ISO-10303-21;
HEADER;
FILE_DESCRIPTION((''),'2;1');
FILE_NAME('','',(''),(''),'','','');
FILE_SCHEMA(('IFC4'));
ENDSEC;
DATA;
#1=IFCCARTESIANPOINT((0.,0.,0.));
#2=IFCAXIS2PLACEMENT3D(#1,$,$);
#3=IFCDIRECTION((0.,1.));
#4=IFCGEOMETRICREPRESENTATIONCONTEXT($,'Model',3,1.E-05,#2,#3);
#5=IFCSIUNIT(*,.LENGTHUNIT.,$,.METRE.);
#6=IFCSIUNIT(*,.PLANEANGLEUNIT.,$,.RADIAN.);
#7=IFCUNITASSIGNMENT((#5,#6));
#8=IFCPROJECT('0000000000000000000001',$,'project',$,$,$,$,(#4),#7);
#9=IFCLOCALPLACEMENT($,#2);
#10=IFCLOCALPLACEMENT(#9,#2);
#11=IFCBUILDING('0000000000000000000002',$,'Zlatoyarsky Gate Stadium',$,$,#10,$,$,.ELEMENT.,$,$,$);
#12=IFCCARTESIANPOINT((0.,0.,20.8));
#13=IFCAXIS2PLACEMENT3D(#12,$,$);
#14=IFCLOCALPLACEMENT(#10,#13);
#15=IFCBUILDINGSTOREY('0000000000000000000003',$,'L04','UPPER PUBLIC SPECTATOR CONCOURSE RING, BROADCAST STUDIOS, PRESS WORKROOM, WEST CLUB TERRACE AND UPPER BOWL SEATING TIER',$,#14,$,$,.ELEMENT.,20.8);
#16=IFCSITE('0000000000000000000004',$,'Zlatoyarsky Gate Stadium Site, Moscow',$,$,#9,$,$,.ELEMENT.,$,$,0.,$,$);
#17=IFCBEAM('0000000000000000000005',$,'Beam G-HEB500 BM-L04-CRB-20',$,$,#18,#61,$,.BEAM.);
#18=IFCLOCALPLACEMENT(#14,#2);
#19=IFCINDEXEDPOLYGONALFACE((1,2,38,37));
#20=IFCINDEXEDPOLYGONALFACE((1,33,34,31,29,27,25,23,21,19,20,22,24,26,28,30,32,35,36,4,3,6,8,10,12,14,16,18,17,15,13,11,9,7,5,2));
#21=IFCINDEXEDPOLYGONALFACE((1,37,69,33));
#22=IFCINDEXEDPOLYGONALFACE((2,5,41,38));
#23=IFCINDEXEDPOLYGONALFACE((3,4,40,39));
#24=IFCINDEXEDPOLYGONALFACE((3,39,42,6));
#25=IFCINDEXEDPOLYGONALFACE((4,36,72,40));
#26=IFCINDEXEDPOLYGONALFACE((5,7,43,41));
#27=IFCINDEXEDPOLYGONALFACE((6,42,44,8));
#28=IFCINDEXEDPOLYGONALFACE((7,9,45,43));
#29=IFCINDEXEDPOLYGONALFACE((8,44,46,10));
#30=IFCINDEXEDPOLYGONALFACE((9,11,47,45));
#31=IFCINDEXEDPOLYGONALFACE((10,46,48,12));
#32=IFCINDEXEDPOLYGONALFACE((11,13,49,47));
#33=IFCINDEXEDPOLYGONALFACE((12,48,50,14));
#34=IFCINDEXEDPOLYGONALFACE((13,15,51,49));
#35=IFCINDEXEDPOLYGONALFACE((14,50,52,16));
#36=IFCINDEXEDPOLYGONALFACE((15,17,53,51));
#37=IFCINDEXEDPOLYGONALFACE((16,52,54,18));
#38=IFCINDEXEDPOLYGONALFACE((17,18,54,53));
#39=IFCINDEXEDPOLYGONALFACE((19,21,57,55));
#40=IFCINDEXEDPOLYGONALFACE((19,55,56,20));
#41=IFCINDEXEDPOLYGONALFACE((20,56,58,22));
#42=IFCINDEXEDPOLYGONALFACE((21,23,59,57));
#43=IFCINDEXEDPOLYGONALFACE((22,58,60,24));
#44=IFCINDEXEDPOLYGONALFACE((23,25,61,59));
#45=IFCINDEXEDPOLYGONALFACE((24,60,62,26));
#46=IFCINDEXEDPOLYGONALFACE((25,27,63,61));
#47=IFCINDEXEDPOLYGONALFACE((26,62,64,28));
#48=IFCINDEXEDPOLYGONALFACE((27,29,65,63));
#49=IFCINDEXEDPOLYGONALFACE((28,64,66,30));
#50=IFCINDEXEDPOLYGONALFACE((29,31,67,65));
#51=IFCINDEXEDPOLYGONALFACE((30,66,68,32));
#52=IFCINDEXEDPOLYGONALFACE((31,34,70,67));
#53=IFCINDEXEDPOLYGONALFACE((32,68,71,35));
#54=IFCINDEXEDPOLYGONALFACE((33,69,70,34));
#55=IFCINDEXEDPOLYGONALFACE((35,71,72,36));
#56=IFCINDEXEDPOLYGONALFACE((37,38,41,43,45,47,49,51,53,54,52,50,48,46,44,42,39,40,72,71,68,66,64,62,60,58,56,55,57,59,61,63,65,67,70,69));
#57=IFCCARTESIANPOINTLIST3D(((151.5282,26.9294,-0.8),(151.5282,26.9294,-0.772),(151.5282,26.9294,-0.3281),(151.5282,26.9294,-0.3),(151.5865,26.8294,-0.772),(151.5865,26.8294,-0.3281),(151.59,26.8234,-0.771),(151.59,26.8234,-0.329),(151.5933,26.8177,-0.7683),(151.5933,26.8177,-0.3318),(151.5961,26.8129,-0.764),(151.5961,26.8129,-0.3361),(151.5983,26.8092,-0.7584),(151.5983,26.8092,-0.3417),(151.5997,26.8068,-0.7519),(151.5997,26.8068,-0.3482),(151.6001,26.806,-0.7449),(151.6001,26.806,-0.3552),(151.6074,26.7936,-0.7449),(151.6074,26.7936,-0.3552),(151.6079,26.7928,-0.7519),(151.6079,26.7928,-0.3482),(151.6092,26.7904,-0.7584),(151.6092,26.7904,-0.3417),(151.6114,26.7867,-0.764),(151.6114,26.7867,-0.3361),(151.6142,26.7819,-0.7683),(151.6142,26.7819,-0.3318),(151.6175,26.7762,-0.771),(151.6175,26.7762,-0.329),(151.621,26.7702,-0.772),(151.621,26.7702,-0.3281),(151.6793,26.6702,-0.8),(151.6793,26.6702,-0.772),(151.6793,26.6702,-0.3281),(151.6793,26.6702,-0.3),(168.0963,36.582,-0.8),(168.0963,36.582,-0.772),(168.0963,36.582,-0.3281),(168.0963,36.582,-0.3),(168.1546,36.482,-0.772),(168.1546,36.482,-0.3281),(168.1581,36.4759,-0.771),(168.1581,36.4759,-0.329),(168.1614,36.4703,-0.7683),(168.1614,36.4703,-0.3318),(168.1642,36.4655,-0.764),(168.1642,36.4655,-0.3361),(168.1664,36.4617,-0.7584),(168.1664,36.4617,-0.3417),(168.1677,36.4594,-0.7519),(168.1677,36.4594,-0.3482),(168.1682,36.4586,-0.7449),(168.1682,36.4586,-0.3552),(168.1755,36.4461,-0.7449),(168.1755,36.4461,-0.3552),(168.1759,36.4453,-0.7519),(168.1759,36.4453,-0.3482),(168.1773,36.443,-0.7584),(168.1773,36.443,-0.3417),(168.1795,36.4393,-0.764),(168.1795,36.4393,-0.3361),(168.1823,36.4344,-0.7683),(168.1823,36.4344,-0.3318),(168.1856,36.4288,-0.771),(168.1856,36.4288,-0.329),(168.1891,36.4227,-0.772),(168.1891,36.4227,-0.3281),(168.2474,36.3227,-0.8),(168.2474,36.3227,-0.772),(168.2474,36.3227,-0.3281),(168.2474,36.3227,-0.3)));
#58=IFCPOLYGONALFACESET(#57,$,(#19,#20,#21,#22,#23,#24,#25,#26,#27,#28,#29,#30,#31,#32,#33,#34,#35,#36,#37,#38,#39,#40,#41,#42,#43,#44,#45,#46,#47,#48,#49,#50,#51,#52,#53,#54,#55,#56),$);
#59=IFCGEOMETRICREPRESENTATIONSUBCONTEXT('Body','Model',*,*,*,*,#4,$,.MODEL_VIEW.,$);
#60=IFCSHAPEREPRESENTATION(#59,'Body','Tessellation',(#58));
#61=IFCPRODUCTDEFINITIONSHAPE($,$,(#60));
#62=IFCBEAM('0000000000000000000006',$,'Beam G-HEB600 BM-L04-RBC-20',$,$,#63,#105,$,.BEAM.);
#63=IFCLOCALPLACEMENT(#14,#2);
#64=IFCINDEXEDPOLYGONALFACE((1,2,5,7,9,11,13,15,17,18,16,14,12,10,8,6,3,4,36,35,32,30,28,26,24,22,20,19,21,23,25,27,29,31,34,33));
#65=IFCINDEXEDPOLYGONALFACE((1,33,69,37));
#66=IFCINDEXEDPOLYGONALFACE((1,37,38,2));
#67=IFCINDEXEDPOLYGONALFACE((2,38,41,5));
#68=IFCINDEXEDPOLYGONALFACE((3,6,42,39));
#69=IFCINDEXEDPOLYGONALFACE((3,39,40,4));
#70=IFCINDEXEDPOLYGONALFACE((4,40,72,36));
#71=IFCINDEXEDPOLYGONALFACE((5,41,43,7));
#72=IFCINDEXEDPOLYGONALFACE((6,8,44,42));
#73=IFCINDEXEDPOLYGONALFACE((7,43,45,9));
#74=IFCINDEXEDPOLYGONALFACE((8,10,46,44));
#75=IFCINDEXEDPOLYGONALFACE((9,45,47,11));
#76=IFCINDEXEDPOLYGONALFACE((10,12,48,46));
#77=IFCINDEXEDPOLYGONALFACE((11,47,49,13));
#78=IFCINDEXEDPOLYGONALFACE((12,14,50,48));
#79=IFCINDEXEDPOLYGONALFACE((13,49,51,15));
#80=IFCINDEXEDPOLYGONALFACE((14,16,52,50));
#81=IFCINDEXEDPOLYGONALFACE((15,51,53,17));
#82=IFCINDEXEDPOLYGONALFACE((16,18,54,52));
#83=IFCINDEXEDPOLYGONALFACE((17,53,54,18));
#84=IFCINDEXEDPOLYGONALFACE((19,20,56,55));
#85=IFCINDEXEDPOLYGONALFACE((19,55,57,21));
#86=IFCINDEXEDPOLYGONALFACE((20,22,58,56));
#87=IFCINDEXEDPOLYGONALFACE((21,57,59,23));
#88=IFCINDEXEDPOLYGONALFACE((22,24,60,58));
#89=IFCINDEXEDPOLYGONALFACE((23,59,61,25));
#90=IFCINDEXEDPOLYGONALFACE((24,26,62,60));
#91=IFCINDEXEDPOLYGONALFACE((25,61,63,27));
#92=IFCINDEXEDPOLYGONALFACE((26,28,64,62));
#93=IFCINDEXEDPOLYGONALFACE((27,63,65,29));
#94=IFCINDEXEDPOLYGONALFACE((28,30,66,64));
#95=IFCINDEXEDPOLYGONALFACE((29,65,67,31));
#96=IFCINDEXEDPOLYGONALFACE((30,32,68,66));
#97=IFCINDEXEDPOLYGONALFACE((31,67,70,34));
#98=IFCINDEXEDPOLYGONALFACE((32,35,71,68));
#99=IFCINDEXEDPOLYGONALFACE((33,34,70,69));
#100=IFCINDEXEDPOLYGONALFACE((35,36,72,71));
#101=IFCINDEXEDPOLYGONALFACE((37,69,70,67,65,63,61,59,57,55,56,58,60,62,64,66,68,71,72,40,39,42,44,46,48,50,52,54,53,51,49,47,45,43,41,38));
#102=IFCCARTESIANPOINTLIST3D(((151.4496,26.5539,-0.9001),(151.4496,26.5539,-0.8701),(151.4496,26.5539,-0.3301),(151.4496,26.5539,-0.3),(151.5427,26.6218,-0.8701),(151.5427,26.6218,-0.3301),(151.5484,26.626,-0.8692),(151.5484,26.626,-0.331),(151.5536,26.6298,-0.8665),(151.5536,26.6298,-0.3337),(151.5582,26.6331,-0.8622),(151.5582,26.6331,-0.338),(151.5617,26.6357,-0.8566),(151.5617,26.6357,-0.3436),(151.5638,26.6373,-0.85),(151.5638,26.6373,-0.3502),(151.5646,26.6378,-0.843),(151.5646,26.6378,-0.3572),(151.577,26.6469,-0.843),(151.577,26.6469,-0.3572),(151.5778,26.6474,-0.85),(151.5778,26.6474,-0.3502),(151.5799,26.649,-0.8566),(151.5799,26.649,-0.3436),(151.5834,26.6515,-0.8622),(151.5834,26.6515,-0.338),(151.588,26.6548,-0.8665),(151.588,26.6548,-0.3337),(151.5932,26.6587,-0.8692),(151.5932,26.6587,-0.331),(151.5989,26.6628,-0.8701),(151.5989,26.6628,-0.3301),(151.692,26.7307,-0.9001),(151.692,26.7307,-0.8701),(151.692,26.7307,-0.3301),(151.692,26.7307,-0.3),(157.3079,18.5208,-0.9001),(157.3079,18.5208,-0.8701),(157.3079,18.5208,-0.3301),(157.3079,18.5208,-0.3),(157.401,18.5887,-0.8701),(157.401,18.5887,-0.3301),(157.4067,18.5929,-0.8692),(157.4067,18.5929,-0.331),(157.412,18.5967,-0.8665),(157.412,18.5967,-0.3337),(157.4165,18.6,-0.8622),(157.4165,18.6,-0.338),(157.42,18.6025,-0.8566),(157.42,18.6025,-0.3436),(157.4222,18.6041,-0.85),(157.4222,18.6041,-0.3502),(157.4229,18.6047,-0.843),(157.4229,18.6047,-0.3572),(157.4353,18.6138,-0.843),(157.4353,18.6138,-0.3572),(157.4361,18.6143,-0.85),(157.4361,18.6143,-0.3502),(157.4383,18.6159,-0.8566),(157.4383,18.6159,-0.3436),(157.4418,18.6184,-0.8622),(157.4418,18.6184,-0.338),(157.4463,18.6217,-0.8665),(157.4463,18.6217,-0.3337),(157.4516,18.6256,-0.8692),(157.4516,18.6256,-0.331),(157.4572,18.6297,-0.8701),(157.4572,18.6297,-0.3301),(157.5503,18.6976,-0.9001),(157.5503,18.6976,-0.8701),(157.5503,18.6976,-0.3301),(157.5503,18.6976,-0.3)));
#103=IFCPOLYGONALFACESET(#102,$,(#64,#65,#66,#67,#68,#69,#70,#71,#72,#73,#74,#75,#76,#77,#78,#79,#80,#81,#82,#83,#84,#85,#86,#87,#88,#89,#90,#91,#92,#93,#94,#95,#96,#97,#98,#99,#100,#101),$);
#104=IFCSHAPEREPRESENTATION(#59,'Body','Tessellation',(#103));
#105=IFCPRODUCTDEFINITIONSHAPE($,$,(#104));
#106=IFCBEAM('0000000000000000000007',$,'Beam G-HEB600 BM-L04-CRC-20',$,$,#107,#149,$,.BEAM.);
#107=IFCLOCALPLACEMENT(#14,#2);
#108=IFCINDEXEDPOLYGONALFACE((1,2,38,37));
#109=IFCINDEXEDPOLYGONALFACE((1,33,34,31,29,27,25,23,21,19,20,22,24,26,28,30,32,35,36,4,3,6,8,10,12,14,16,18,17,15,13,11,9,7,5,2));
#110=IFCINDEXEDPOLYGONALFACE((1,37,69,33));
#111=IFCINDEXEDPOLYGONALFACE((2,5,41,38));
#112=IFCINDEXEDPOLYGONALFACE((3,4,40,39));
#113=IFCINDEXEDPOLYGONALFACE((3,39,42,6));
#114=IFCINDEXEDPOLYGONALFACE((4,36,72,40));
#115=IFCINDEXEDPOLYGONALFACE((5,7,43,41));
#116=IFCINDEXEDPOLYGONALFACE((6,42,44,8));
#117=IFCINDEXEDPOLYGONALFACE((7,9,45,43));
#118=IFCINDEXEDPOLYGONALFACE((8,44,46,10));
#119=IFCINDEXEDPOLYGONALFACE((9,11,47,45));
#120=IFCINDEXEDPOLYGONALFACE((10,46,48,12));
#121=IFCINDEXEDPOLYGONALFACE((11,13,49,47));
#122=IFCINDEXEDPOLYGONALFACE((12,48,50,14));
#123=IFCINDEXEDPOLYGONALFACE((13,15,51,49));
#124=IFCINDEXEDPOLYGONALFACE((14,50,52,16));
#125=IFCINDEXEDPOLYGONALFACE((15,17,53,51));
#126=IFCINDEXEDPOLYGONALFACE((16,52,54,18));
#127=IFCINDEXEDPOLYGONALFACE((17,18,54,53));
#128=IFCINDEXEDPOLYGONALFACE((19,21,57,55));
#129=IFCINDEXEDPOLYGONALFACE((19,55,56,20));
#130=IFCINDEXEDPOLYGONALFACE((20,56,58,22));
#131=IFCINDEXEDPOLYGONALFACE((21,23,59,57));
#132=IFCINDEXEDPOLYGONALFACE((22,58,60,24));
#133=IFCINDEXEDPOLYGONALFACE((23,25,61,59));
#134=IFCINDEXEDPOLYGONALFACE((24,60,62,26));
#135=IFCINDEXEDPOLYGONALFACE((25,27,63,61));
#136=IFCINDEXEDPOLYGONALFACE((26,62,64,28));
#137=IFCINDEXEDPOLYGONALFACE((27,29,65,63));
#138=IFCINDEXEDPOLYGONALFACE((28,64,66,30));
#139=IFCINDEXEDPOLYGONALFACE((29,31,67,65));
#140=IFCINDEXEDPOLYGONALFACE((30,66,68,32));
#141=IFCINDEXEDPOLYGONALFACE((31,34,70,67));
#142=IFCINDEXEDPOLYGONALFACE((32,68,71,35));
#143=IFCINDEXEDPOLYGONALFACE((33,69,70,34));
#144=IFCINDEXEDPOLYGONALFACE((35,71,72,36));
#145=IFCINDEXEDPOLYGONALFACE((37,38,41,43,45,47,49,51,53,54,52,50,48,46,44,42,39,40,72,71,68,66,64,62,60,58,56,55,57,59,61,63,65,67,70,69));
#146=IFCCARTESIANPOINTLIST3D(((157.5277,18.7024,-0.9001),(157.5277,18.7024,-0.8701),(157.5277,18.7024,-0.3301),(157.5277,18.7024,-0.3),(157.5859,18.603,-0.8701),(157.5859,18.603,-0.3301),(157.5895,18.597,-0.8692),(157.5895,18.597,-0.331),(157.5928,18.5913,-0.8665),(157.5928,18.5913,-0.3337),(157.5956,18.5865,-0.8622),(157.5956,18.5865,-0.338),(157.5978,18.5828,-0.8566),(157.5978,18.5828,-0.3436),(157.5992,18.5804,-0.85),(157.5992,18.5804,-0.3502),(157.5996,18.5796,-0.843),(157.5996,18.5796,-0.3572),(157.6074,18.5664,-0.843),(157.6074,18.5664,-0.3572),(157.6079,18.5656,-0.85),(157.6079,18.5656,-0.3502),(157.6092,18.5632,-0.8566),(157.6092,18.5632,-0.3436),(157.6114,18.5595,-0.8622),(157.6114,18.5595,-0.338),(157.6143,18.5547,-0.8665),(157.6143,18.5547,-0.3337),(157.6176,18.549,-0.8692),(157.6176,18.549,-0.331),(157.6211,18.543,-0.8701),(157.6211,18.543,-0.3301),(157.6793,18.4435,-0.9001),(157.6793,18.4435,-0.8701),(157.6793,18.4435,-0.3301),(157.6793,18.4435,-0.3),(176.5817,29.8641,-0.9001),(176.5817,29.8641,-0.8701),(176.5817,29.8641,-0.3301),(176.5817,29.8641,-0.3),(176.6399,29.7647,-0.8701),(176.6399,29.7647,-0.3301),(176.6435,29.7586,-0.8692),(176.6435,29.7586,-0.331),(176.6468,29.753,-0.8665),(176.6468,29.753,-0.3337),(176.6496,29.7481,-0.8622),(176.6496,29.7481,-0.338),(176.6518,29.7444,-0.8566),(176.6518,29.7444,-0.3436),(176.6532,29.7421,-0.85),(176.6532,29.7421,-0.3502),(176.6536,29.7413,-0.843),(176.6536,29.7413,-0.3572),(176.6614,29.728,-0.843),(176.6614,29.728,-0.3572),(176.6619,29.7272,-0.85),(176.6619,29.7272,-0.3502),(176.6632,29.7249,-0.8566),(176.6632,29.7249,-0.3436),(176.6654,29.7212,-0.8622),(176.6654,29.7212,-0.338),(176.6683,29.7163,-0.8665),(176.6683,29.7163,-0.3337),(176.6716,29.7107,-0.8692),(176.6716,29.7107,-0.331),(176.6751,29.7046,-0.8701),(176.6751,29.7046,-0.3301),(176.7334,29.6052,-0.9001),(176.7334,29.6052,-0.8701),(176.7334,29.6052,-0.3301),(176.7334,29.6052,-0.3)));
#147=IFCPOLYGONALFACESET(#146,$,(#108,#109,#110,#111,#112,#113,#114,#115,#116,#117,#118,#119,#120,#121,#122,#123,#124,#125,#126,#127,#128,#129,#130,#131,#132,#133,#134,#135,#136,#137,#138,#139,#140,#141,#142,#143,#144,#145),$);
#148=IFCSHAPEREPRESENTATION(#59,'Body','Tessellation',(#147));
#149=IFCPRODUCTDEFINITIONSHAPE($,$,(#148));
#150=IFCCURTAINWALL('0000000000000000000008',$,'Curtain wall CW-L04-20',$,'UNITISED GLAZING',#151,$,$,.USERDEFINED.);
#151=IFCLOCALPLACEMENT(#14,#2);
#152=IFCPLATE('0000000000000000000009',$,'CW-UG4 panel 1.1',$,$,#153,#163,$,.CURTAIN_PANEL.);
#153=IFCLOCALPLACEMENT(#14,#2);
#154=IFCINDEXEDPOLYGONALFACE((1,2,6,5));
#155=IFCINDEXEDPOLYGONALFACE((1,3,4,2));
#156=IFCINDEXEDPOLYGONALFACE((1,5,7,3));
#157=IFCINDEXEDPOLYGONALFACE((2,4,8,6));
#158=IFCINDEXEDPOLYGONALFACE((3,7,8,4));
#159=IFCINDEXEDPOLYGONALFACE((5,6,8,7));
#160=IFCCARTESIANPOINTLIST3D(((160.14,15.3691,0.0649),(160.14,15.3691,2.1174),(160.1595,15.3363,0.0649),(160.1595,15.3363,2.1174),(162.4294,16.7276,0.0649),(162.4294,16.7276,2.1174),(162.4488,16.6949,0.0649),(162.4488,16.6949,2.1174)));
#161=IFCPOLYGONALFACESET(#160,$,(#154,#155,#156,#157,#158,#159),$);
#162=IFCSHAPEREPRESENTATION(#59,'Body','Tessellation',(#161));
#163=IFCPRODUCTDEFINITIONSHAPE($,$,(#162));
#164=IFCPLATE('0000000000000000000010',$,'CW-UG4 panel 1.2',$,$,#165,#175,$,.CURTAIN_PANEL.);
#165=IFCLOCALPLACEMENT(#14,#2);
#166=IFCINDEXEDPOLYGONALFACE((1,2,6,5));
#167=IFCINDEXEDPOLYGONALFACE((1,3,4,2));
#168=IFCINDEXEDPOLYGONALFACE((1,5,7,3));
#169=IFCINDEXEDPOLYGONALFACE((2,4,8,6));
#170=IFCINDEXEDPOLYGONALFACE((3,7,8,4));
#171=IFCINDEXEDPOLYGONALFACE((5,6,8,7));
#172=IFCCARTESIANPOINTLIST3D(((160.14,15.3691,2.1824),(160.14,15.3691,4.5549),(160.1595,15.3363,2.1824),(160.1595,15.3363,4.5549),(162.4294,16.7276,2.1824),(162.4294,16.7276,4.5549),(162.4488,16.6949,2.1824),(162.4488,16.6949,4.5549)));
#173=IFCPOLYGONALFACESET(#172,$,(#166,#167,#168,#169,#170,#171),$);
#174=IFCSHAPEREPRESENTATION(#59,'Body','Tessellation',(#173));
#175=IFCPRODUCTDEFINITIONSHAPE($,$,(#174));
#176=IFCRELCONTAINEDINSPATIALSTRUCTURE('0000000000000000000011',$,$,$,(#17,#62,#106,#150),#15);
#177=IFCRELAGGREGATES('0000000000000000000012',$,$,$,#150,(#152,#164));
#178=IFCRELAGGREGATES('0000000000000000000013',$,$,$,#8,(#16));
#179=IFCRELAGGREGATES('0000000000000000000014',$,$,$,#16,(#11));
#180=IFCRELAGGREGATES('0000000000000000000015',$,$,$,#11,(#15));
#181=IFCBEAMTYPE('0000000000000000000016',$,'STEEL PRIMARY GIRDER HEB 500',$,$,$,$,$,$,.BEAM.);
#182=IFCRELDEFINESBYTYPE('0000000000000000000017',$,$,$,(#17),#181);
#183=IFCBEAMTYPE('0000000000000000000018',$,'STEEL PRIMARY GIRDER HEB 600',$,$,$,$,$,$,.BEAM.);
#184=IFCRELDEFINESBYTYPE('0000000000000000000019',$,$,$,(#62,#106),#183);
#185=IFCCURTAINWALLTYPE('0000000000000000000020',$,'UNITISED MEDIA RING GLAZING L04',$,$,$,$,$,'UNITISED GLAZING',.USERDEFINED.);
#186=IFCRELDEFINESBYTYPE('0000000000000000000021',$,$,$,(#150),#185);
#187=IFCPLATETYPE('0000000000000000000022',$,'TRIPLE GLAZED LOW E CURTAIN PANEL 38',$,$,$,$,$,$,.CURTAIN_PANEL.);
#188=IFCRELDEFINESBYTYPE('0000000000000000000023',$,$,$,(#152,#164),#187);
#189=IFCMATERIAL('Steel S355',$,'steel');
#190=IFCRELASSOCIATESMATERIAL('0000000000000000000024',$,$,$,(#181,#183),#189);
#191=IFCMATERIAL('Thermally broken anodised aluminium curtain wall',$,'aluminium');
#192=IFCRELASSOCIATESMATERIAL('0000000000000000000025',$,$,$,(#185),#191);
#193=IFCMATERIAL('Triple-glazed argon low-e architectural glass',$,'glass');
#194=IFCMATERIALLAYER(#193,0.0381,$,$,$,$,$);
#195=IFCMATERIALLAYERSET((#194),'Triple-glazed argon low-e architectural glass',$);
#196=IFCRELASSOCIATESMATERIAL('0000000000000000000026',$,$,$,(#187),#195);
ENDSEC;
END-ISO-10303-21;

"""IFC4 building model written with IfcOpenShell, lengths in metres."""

from ifc_helpers import new_model, si_unit, direction, frame, origin, origin_2d, place, context, subcontext, project, spatial, rectangle, i_section, extrude, material, layer, layer_set, material_profile, profile_set, type_object, element, aggregate, save


model = new_model("IFC4")

# Units and contexts
model_context = context("Model", 3, precision=1e-05, world=origin(), true_north=direction((0.0, 1.0)))
body_context = subcontext(model_context, "Body", "Model", "MODEL_VIEW")
ifc_project = project(units=[si_unit("LENGTHUNIT", "METRE"), si_unit("PLANEANGLEUNIT", "RADIAN")], contexts=[model_context])

# Site, building, storey
site_placement = place(None, origin())
site = spatial("IfcSite", under=ifc_project, at=site_placement, Name="Zlatoyarsky Gate Stadium Site, Moscow", CompositionType="ELEMENT", RefElevation=0.0)
building_placement = place(site_placement, origin())
building = spatial("IfcBuilding", under=site, at=building_placement, Name="Zlatoyarsky Gate Stadium", CompositionType="ELEMENT")
storey_placement = place(building_placement, frame((0.0, 0.0, 20.8)))
storey = spatial("IfcBuildingStorey", under=building, at=storey_placement, Name="L04", Description="UPPER PUBLIC SPECTATOR CONCOURSE RING, BROADCAST STUDIOS, PRESS WORKROOM, WEST CLUB TERRACE AND UPPER BOWL SEATING TIER", CompositionType="ELEMENT", Elevation=20.8)

# Shared definitions
ifc_material_1 = material(Name="Steel S355", Category="steel")

# Beams
ifc_material_profile_1 = material_profile(ifc_material_1, i_section(OverallWidth=0.3, OverallDepth=0.5, WebThickness=0.0144, FlangeThickness=0.0281, FilletRadius=0.0271, at=origin_2d()), Name="HEB 500")
ifc_profile_set_1 = profile_set([ifc_material_profile_1], Name="Steel S355")
beam_type_1 = type_object("IfcBeamType", Name="STEEL PRIMARY GIRDER HEB 500", PredefinedType="BEAM", material=ifc_profile_set_1)
beam_1_placement = place(storey_placement, frame((151.6038, 26.7998, -0.55), z_axis=(0.864054, 0.503398, 0.0), x_axis=(-0.503398, 0.864054, 0.0)))
element("IfcBeam", 1, at=beam_1_placement, inside=storey, type_object=beam_type_1, Name="Beam G-HEB500 BM-L04-CRB-20", PredefinedType="BEAM", context=body_context, shape_type="SweptSolid", body=[
    extrude(i_section(OverallWidth=0.3, OverallDepth=0.5, WebThickness=0.0144, FlangeThickness=0.0281, FilletRadius=0.0271, at=origin_2d()), origin(), (0.0, 0.0, 1.0), 19.1748),
])
ifc_material_profile_2 = material_profile(ifc_material_1, i_section(OverallWidth=0.3, OverallDepth=0.6001, WebThickness=0.0154, FlangeThickness=0.03, FilletRadius=0.0271, at=origin_2d()), Name="HEB 600")
ifc_profile_set_2 = profile_set([ifc_material_profile_2], Name="Steel S355")
beam_type_2 = type_object("IfcBeamType", Name="STEEL PRIMARY GIRDER HEB 600", PredefinedType="BEAM", material=ifc_profile_set_2)
beam_2_placement = place(storey_placement, frame((151.5708, 26.6423, -0.6001), z_axis=(0.589228, -0.807967, 0.0), x_axis=(0.807967, 0.589228, 0.0)))
element("IfcBeam", 2, at=beam_2_placement, inside=storey, type_object=beam_type_2, Name="Beam G-HEB600 BM-L04-RBC-20", PredefinedType="BEAM", context=body_context, shape_type="SweptSolid", body=[
    extrude(i_section(OverallWidth=0.3, OverallDepth=0.6001, WebThickness=0.0154, FlangeThickness=0.03, FilletRadius=0.0271, at=origin_2d()), origin(), (0.0, 0.0, 1.0), 9.9424),
])
beam_3_placement = place(storey_placement, frame((157.6035, 18.573, -0.6001), z_axis=(0.862855, 0.505452, 0.0), x_axis=(-0.505452, 0.862855, 0.0)))
element("IfcBeam", 3, at=beam_3_placement, inside=storey, type_object=beam_type_2, Name="Beam G-HEB600 BM-L04-CRC-20", PredefinedType="BEAM", context=body_context, shape_type="SweptSolid", body=[
    extrude(i_section(OverallWidth=0.3, OverallDepth=0.6001, WebThickness=0.0154, FlangeThickness=0.03, FilletRadius=0.0271, at=origin_2d()), origin(), (0.0, 0.0, 1.0), 22.0825),
])

# Curtain wall, plates
ifc_material_2 = material(Name="Thermally broken anodised aluminium curtain wall", Category="aluminium")
curtain_wall_type = type_object("IfcCurtainWallType", Name="UNITISED MEDIA RING GLAZING L04", ElementType="UNITISED GLAZING", PredefinedType="USERDEFINED", material=ifc_material_2)
curtain_wall_placement = place(storey_placement, origin())
curtain_wall = element("IfcCurtainWall", 4, at=curtain_wall_placement, inside=storey, type_object=curtain_wall_type, Name="Curtain wall CW-L04-20", ObjectType="UNITISED GLAZING", PredefinedType="USERDEFINED")
ifc_material_3 = material(Name="Triple-glazed argon low-e architectural glass", Category="glass")
ifc_layer_1 = layer(ifc_material_3, 0.0381)
ifc_layer_set_1 = layer_set([ifc_layer_1], Name="Triple-glazed argon low-e architectural glass")
plate_type = type_object("IfcPlateType", Name="TRIPLE GLAZED LOW E CURTAIN PANEL 38", PredefinedType="CURTAIN_PANEL", material=ifc_layer_set_1)
plate_1_placement = place(storey_placement, frame((161.2944, 16.032, 0.0649), z_axis=(0.0, 0.0, 1.0), x_axis=(0.859978, 0.51033, 0.0)))
plate_1 = element("IfcPlate", 5, at=plate_1_placement, type_object=plate_type, Name="CW-UG4 panel 1.1", PredefinedType="CURTAIN_PANEL", context=body_context, shape_type="SweptSolid", body=[
    extrude(rectangle(XDim=2.6621, YDim=0.0381, at=origin_2d()), origin(), (0.0, 0.0, 1.0), 2.0525),
])
plate_2_placement = place(storey_placement, frame((161.2944, 16.032, 2.1824), z_axis=(0.0, 0.0, 1.0), x_axis=(0.859978, 0.51033, 0.0)))
plate_2 = element("IfcPlate", 6, at=plate_2_placement, type_object=plate_type, Name="CW-UG4 panel 1.2", PredefinedType="CURTAIN_PANEL", context=body_context, shape_type="SweptSolid", body=[
    extrude(rectangle(XDim=2.6621, YDim=0.0381, at=origin_2d()), origin(), (0.0, 0.0, 1.0), 2.3726),
])
aggregate(curtain_wall, [plate_1, plate_2])

save(model, "model.ifc")
